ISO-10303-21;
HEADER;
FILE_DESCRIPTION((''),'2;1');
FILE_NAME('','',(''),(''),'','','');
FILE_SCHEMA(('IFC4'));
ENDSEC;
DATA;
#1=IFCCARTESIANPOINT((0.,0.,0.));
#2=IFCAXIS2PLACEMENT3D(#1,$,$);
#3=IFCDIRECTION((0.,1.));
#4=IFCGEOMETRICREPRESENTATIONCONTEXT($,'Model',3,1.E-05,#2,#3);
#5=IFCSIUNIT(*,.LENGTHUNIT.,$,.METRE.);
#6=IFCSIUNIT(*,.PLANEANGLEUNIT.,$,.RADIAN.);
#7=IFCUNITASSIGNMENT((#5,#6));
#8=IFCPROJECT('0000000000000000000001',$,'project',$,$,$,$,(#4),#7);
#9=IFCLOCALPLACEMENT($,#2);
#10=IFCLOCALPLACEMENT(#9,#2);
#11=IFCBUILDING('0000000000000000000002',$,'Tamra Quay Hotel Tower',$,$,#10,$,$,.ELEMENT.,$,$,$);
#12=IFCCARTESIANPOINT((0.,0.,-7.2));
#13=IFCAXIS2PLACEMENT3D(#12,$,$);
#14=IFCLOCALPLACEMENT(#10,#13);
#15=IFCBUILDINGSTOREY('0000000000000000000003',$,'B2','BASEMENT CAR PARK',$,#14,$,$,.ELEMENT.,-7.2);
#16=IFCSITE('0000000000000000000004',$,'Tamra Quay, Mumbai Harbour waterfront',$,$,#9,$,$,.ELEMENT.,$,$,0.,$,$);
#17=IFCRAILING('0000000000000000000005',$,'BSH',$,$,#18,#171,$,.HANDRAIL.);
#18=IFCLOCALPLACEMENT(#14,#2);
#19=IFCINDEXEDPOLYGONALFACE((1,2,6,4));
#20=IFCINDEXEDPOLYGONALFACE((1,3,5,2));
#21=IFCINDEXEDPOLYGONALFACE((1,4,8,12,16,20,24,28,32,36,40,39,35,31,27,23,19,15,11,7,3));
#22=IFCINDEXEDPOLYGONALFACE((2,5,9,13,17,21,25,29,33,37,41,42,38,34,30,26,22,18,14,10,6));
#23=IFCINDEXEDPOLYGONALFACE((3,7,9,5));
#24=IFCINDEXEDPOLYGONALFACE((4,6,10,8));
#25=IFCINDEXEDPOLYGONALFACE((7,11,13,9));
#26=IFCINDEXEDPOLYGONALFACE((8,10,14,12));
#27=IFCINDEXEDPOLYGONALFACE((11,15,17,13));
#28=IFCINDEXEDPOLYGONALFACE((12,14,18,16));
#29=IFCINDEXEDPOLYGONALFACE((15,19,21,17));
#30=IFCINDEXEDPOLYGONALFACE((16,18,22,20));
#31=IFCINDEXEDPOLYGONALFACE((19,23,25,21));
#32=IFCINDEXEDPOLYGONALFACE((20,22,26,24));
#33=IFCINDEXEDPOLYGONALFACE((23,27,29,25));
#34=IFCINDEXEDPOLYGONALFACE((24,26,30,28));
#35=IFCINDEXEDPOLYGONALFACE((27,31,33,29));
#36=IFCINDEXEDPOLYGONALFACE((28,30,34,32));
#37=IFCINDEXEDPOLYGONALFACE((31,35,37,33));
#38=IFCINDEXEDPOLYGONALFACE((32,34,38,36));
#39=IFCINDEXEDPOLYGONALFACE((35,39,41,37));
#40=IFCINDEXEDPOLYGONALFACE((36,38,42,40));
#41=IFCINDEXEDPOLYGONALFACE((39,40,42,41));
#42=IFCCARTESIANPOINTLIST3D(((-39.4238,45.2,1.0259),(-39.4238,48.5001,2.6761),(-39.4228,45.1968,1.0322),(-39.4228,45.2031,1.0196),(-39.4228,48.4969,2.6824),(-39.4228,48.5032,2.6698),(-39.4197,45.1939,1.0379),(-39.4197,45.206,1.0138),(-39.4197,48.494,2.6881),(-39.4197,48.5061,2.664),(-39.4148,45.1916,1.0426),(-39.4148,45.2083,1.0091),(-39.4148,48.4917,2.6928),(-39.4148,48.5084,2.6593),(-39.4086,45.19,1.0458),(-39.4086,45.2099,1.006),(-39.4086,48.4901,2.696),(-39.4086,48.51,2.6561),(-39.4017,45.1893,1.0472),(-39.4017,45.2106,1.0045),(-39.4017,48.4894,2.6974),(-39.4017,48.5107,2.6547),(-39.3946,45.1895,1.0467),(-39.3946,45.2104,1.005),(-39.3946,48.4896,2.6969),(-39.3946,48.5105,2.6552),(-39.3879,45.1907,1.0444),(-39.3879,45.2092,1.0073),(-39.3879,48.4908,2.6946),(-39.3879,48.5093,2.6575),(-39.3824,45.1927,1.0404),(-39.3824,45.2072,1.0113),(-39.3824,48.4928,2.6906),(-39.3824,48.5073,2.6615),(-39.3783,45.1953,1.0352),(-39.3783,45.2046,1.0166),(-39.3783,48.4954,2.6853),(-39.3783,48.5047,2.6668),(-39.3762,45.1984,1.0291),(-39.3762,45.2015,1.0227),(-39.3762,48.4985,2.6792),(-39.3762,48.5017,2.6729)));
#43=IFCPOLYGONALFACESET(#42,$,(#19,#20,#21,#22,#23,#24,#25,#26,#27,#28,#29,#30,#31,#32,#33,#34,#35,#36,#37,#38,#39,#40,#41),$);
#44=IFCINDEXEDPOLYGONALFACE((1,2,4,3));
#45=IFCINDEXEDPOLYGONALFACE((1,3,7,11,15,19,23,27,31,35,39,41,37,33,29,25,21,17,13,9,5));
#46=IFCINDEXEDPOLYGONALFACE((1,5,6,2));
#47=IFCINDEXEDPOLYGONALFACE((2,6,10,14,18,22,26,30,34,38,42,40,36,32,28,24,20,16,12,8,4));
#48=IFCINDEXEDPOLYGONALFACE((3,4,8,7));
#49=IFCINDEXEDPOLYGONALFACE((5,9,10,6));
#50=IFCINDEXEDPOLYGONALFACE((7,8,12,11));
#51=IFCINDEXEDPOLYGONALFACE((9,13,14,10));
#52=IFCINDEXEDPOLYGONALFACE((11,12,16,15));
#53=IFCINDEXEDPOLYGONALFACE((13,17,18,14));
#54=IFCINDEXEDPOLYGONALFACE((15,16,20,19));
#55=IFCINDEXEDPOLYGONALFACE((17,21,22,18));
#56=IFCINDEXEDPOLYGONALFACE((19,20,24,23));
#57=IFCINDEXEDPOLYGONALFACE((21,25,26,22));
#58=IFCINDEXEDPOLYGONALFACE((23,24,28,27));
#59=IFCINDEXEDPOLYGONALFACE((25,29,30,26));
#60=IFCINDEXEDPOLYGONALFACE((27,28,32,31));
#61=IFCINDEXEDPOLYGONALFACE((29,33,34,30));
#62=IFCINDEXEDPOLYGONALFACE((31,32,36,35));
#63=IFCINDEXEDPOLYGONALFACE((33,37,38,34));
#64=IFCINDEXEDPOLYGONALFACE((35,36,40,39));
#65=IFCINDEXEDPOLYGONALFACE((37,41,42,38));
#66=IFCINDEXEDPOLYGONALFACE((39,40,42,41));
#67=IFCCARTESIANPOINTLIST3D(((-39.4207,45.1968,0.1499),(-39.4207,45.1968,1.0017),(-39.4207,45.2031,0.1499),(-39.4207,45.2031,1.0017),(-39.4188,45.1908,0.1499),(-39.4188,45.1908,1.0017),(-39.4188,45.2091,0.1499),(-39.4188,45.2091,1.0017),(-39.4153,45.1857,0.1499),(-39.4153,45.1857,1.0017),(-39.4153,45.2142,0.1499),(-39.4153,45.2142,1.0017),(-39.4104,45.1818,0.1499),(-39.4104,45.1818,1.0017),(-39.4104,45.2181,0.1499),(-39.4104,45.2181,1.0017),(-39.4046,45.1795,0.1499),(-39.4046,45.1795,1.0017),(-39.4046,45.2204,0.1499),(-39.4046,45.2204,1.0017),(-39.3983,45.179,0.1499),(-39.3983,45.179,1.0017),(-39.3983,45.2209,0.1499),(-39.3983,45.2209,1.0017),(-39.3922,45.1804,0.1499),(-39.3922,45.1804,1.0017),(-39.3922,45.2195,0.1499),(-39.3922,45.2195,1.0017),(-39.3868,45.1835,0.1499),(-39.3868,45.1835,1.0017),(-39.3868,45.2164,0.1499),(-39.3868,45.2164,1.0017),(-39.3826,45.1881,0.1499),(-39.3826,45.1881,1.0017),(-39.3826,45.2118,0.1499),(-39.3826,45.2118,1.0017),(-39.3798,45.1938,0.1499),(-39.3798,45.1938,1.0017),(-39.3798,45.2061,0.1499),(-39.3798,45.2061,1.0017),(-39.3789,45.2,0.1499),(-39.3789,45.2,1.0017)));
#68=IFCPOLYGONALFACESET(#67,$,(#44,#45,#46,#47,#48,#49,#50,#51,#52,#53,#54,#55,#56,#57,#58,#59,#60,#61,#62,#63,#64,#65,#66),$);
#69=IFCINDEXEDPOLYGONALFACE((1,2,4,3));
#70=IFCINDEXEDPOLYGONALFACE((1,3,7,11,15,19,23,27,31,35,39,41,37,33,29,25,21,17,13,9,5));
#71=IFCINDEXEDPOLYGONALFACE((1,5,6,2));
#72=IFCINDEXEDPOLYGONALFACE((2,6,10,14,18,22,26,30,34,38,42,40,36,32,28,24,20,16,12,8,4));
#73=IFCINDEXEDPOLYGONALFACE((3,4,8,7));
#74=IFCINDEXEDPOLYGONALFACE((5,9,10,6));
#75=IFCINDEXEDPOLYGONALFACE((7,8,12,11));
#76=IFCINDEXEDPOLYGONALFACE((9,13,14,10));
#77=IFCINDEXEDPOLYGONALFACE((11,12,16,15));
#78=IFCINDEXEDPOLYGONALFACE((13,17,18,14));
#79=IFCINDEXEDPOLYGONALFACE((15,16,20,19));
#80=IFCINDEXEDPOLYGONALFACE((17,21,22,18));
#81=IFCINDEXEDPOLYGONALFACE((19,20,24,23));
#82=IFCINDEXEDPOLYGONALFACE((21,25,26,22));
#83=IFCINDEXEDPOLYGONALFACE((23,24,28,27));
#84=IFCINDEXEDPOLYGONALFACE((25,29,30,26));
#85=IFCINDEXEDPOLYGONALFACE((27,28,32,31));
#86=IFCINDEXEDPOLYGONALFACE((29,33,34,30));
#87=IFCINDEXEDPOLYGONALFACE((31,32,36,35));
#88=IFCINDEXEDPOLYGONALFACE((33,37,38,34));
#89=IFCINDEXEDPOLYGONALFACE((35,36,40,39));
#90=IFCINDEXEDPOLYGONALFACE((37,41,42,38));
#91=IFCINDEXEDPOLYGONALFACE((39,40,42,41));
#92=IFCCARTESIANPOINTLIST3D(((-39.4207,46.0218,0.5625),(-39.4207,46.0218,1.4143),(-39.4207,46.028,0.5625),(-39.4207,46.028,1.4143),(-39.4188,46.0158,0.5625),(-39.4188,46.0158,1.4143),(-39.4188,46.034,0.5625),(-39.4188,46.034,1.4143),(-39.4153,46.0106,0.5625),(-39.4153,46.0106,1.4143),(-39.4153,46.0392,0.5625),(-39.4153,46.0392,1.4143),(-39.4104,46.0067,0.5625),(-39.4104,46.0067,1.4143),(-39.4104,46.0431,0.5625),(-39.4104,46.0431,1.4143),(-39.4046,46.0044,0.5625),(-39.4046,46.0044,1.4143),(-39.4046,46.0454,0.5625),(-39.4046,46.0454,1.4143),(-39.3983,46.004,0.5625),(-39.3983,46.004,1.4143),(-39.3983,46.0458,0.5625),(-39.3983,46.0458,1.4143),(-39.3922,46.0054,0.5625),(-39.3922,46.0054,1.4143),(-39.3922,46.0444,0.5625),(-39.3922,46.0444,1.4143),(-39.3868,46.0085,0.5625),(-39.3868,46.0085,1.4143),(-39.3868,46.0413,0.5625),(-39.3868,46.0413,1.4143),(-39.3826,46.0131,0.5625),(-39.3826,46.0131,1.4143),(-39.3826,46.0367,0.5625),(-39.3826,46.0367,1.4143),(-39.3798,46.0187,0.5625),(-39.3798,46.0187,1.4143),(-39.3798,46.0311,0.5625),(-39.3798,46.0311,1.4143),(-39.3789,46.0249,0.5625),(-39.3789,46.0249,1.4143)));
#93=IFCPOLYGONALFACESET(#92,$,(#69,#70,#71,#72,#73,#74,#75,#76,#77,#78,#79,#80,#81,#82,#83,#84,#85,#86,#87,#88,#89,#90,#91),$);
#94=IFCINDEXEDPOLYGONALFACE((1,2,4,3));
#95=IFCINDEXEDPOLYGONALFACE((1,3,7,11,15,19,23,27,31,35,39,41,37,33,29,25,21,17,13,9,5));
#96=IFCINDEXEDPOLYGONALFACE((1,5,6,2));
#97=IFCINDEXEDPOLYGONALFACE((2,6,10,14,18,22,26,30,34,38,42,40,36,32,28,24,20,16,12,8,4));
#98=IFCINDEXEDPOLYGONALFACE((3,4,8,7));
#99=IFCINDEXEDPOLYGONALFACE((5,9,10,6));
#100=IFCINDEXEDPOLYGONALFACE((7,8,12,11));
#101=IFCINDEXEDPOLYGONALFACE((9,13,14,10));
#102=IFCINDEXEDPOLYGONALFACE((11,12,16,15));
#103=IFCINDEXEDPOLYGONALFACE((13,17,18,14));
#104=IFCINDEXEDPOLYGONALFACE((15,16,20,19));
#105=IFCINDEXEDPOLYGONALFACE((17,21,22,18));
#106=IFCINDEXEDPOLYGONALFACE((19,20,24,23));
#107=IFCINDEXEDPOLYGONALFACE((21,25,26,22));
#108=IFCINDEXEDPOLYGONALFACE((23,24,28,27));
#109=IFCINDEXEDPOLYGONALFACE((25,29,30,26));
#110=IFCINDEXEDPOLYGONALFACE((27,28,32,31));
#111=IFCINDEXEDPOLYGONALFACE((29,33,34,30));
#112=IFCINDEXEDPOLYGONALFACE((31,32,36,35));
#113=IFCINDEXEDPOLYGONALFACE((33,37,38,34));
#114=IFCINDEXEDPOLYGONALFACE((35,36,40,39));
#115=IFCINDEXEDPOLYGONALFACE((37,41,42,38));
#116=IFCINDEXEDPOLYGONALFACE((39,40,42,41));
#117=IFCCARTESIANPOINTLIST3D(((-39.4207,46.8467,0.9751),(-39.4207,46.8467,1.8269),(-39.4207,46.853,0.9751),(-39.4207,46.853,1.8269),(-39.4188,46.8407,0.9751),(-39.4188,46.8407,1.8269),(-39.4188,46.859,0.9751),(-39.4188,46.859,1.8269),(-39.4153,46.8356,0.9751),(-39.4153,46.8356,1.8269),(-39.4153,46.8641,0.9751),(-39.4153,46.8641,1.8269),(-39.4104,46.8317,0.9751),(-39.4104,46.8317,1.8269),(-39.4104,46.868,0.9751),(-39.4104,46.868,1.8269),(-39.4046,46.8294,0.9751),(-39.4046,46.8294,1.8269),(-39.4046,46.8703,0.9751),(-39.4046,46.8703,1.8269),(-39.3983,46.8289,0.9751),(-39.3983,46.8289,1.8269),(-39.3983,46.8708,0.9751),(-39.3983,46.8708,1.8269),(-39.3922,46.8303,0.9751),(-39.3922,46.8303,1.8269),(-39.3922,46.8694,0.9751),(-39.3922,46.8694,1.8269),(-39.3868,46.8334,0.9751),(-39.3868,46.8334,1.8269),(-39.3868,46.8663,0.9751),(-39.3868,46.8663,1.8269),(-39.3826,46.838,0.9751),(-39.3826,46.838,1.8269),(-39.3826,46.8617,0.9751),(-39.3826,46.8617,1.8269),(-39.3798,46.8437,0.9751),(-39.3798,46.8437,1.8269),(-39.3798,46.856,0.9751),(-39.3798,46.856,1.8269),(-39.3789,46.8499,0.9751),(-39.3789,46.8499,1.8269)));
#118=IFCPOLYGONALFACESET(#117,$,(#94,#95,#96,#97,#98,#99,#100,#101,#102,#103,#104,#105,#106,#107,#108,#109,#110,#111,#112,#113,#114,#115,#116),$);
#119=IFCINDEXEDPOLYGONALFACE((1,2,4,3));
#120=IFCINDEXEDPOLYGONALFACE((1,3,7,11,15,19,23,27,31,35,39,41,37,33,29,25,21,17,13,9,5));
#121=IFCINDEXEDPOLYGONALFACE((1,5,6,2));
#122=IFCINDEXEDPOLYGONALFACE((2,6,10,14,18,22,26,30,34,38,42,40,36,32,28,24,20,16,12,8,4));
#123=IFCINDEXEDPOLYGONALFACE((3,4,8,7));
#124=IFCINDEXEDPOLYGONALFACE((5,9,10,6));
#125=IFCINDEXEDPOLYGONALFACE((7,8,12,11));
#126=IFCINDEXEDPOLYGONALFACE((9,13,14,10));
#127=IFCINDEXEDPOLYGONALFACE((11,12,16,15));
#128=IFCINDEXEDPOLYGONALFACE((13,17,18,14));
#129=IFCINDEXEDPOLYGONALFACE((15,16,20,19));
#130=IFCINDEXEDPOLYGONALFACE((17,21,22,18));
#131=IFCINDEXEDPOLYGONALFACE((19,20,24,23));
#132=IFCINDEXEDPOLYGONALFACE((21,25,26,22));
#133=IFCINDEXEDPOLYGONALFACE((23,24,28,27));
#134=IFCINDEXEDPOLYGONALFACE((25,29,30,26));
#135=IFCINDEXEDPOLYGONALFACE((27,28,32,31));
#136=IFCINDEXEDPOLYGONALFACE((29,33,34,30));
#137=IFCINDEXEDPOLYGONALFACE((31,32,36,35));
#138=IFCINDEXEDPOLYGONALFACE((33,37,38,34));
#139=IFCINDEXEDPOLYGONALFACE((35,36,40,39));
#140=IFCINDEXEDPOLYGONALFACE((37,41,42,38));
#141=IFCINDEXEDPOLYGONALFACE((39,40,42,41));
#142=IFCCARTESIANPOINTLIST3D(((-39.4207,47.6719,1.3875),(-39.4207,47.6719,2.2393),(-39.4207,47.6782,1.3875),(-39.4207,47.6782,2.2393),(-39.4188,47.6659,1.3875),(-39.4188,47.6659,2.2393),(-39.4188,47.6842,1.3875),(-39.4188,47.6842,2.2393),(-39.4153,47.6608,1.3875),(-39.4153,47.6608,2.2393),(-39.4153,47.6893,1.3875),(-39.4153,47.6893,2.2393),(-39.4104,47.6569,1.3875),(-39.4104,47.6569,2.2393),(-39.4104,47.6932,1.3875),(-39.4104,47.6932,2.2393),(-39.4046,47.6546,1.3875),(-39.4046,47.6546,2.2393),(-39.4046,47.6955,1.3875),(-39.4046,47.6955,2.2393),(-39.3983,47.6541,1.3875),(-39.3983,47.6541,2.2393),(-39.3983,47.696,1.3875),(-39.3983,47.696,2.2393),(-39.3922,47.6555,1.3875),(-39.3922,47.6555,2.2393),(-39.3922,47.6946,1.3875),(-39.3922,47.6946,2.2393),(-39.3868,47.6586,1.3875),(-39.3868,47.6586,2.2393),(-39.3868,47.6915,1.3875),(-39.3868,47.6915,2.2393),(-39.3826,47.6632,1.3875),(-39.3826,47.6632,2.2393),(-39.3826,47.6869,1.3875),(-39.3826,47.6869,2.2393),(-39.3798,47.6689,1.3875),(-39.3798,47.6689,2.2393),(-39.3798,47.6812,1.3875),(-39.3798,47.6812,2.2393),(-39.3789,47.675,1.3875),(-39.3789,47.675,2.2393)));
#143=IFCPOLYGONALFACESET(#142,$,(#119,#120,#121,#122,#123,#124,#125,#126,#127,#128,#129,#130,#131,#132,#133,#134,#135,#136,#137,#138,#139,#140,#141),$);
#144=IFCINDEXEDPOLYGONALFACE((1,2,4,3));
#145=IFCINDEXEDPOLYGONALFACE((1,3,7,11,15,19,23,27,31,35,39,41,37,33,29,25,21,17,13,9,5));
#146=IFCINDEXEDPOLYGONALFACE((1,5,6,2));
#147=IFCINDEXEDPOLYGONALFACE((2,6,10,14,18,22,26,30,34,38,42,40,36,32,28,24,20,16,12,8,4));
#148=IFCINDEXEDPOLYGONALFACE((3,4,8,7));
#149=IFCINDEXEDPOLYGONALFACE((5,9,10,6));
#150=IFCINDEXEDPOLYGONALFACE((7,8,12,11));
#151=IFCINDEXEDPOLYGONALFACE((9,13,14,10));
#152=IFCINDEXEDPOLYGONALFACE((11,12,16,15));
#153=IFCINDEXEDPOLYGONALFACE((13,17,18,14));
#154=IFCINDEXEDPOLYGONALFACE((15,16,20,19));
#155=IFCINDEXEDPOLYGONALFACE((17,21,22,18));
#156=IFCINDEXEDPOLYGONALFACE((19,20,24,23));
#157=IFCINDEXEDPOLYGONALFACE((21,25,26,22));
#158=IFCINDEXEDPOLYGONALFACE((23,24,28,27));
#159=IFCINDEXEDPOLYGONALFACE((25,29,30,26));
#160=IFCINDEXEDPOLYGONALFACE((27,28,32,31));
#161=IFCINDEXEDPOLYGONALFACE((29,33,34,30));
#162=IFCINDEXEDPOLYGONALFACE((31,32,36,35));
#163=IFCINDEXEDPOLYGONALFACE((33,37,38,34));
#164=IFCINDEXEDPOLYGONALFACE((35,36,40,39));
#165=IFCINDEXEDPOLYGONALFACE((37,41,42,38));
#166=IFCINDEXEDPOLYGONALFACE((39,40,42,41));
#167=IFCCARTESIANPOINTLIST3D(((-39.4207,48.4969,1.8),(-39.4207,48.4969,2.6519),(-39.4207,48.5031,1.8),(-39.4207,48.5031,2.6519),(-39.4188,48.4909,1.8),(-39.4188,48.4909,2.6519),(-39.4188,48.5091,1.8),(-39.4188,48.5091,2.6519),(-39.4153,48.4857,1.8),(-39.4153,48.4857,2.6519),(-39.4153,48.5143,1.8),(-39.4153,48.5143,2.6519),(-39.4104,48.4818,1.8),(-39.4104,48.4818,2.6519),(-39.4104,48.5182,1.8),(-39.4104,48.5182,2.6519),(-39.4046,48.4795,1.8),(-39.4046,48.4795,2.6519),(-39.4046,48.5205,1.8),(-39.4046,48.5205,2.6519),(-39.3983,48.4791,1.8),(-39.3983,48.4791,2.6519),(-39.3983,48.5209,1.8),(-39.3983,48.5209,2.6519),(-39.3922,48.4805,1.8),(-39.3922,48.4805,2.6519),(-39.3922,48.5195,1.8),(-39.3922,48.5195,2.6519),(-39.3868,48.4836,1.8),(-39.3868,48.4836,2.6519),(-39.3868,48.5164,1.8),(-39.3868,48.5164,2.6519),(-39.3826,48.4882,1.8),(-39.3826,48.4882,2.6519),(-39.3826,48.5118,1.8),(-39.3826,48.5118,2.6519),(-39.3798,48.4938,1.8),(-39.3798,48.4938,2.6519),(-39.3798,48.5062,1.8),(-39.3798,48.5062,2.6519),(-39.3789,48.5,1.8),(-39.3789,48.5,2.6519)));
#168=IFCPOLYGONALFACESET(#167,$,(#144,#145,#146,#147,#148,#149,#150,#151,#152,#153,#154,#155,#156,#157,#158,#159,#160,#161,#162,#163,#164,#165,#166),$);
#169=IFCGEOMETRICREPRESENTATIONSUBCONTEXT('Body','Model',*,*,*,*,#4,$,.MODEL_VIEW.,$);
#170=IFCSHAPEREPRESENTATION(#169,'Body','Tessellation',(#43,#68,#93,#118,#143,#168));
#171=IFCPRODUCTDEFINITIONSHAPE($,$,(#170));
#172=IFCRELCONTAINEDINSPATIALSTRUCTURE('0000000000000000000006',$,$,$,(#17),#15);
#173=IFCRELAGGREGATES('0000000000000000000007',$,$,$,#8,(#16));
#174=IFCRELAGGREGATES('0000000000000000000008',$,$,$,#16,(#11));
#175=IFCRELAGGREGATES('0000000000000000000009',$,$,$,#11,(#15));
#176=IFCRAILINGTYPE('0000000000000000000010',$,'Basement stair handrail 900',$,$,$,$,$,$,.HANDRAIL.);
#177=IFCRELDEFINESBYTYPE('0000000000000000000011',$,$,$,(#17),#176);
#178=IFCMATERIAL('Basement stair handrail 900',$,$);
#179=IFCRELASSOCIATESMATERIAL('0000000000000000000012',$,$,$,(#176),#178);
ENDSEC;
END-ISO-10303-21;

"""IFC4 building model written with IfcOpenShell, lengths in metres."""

from ifc_helpers import new_model, si_unit, direction, frame, origin, origin_2d, place, context, subcontext, project, spatial, circle, extrude, material, type_object, element, save


model = new_model("IFC4")

# Units and contexts
model_context = context("Model", 3, precision=1e-05, world=origin(), true_north=direction((0.0, 1.0)))
body_context = subcontext(model_context, "Body", "Model", "MODEL_VIEW")
ifc_project = project(units=[si_unit("LENGTHUNIT", "METRE"), si_unit("PLANEANGLEUNIT", "RADIAN")], contexts=[model_context])

# Site, building, storey
site_placement = place(None, origin())
site = spatial("IfcSite", under=ifc_project, at=site_placement, Name="Tamra Quay, Mumbai Harbour waterfront", CompositionType="ELEMENT", RefElevation=0.0)
building_placement = place(site_placement, origin())
building = spatial("IfcBuilding", under=site, at=building_placement, Name="Tamra Quay Hotel Tower", CompositionType="ELEMENT")
storey_placement = place(building_placement, frame((0.0, 0.0, -7.2)))
storey = spatial("IfcBuildingStorey", under=building, at=storey_placement, Name="B2", Description="BASEMENT CAR PARK", CompositionType="ELEMENT", Elevation=-7.2)

# Railing
ifc_material_1 = material(Name="Basement stair handrail 900")
railing_type_1 = type_object("IfcRailingType", Name="Basement stair handrail 900", PredefinedType="HANDRAIL", material=ifc_material_1)
for number, where, name in (
    (1, (-39.3999, 45.2, 0.1499), "BSH"),
):
    element("IfcRailing", number, at=place(storey_placement, frame(where)), inside=storey, type_object=railing_type_1, Name=name, PredefinedType="HANDRAIL", context=body_context, shape_type="SweptSolid", body=[
        extrude(circle(Radius=0.0239, at=origin_2d()), frame((0.0, 0.0, 0.876), z_axis=(0.0, 0.894414, 0.44724), x_axis=(-1.0, 0.0, 0.0)), (0.0, 0.0, 1.0), 3.6897),
        extrude(circle(Radius=0.021, at=origin_2d()), origin(), (0.0, 0.0, 1.0), 0.8518),
        extrude(circle(Radius=0.021, at=origin_2d()), frame((0.0, 0.825, 0.4126)), (0.0, 0.0, 1.0), 0.8518),
        extrude(circle(Radius=0.021, at=origin_2d()), frame((0.0, 1.6499, 0.8252)), (0.0, 0.0, 1.0), 0.8518),
        extrude(circle(Radius=0.021, at=origin_2d()), frame((0.0, 2.4751, 1.2375)), (0.0, 0.0, 1.0), 0.8518),
        extrude(circle(Radius=0.021, at=origin_2d()), frame((0.0, 3.3, 1.6501)), (0.0, 0.0, 1.0), 0.8518),
    ])

save(model, "model.ifc")
